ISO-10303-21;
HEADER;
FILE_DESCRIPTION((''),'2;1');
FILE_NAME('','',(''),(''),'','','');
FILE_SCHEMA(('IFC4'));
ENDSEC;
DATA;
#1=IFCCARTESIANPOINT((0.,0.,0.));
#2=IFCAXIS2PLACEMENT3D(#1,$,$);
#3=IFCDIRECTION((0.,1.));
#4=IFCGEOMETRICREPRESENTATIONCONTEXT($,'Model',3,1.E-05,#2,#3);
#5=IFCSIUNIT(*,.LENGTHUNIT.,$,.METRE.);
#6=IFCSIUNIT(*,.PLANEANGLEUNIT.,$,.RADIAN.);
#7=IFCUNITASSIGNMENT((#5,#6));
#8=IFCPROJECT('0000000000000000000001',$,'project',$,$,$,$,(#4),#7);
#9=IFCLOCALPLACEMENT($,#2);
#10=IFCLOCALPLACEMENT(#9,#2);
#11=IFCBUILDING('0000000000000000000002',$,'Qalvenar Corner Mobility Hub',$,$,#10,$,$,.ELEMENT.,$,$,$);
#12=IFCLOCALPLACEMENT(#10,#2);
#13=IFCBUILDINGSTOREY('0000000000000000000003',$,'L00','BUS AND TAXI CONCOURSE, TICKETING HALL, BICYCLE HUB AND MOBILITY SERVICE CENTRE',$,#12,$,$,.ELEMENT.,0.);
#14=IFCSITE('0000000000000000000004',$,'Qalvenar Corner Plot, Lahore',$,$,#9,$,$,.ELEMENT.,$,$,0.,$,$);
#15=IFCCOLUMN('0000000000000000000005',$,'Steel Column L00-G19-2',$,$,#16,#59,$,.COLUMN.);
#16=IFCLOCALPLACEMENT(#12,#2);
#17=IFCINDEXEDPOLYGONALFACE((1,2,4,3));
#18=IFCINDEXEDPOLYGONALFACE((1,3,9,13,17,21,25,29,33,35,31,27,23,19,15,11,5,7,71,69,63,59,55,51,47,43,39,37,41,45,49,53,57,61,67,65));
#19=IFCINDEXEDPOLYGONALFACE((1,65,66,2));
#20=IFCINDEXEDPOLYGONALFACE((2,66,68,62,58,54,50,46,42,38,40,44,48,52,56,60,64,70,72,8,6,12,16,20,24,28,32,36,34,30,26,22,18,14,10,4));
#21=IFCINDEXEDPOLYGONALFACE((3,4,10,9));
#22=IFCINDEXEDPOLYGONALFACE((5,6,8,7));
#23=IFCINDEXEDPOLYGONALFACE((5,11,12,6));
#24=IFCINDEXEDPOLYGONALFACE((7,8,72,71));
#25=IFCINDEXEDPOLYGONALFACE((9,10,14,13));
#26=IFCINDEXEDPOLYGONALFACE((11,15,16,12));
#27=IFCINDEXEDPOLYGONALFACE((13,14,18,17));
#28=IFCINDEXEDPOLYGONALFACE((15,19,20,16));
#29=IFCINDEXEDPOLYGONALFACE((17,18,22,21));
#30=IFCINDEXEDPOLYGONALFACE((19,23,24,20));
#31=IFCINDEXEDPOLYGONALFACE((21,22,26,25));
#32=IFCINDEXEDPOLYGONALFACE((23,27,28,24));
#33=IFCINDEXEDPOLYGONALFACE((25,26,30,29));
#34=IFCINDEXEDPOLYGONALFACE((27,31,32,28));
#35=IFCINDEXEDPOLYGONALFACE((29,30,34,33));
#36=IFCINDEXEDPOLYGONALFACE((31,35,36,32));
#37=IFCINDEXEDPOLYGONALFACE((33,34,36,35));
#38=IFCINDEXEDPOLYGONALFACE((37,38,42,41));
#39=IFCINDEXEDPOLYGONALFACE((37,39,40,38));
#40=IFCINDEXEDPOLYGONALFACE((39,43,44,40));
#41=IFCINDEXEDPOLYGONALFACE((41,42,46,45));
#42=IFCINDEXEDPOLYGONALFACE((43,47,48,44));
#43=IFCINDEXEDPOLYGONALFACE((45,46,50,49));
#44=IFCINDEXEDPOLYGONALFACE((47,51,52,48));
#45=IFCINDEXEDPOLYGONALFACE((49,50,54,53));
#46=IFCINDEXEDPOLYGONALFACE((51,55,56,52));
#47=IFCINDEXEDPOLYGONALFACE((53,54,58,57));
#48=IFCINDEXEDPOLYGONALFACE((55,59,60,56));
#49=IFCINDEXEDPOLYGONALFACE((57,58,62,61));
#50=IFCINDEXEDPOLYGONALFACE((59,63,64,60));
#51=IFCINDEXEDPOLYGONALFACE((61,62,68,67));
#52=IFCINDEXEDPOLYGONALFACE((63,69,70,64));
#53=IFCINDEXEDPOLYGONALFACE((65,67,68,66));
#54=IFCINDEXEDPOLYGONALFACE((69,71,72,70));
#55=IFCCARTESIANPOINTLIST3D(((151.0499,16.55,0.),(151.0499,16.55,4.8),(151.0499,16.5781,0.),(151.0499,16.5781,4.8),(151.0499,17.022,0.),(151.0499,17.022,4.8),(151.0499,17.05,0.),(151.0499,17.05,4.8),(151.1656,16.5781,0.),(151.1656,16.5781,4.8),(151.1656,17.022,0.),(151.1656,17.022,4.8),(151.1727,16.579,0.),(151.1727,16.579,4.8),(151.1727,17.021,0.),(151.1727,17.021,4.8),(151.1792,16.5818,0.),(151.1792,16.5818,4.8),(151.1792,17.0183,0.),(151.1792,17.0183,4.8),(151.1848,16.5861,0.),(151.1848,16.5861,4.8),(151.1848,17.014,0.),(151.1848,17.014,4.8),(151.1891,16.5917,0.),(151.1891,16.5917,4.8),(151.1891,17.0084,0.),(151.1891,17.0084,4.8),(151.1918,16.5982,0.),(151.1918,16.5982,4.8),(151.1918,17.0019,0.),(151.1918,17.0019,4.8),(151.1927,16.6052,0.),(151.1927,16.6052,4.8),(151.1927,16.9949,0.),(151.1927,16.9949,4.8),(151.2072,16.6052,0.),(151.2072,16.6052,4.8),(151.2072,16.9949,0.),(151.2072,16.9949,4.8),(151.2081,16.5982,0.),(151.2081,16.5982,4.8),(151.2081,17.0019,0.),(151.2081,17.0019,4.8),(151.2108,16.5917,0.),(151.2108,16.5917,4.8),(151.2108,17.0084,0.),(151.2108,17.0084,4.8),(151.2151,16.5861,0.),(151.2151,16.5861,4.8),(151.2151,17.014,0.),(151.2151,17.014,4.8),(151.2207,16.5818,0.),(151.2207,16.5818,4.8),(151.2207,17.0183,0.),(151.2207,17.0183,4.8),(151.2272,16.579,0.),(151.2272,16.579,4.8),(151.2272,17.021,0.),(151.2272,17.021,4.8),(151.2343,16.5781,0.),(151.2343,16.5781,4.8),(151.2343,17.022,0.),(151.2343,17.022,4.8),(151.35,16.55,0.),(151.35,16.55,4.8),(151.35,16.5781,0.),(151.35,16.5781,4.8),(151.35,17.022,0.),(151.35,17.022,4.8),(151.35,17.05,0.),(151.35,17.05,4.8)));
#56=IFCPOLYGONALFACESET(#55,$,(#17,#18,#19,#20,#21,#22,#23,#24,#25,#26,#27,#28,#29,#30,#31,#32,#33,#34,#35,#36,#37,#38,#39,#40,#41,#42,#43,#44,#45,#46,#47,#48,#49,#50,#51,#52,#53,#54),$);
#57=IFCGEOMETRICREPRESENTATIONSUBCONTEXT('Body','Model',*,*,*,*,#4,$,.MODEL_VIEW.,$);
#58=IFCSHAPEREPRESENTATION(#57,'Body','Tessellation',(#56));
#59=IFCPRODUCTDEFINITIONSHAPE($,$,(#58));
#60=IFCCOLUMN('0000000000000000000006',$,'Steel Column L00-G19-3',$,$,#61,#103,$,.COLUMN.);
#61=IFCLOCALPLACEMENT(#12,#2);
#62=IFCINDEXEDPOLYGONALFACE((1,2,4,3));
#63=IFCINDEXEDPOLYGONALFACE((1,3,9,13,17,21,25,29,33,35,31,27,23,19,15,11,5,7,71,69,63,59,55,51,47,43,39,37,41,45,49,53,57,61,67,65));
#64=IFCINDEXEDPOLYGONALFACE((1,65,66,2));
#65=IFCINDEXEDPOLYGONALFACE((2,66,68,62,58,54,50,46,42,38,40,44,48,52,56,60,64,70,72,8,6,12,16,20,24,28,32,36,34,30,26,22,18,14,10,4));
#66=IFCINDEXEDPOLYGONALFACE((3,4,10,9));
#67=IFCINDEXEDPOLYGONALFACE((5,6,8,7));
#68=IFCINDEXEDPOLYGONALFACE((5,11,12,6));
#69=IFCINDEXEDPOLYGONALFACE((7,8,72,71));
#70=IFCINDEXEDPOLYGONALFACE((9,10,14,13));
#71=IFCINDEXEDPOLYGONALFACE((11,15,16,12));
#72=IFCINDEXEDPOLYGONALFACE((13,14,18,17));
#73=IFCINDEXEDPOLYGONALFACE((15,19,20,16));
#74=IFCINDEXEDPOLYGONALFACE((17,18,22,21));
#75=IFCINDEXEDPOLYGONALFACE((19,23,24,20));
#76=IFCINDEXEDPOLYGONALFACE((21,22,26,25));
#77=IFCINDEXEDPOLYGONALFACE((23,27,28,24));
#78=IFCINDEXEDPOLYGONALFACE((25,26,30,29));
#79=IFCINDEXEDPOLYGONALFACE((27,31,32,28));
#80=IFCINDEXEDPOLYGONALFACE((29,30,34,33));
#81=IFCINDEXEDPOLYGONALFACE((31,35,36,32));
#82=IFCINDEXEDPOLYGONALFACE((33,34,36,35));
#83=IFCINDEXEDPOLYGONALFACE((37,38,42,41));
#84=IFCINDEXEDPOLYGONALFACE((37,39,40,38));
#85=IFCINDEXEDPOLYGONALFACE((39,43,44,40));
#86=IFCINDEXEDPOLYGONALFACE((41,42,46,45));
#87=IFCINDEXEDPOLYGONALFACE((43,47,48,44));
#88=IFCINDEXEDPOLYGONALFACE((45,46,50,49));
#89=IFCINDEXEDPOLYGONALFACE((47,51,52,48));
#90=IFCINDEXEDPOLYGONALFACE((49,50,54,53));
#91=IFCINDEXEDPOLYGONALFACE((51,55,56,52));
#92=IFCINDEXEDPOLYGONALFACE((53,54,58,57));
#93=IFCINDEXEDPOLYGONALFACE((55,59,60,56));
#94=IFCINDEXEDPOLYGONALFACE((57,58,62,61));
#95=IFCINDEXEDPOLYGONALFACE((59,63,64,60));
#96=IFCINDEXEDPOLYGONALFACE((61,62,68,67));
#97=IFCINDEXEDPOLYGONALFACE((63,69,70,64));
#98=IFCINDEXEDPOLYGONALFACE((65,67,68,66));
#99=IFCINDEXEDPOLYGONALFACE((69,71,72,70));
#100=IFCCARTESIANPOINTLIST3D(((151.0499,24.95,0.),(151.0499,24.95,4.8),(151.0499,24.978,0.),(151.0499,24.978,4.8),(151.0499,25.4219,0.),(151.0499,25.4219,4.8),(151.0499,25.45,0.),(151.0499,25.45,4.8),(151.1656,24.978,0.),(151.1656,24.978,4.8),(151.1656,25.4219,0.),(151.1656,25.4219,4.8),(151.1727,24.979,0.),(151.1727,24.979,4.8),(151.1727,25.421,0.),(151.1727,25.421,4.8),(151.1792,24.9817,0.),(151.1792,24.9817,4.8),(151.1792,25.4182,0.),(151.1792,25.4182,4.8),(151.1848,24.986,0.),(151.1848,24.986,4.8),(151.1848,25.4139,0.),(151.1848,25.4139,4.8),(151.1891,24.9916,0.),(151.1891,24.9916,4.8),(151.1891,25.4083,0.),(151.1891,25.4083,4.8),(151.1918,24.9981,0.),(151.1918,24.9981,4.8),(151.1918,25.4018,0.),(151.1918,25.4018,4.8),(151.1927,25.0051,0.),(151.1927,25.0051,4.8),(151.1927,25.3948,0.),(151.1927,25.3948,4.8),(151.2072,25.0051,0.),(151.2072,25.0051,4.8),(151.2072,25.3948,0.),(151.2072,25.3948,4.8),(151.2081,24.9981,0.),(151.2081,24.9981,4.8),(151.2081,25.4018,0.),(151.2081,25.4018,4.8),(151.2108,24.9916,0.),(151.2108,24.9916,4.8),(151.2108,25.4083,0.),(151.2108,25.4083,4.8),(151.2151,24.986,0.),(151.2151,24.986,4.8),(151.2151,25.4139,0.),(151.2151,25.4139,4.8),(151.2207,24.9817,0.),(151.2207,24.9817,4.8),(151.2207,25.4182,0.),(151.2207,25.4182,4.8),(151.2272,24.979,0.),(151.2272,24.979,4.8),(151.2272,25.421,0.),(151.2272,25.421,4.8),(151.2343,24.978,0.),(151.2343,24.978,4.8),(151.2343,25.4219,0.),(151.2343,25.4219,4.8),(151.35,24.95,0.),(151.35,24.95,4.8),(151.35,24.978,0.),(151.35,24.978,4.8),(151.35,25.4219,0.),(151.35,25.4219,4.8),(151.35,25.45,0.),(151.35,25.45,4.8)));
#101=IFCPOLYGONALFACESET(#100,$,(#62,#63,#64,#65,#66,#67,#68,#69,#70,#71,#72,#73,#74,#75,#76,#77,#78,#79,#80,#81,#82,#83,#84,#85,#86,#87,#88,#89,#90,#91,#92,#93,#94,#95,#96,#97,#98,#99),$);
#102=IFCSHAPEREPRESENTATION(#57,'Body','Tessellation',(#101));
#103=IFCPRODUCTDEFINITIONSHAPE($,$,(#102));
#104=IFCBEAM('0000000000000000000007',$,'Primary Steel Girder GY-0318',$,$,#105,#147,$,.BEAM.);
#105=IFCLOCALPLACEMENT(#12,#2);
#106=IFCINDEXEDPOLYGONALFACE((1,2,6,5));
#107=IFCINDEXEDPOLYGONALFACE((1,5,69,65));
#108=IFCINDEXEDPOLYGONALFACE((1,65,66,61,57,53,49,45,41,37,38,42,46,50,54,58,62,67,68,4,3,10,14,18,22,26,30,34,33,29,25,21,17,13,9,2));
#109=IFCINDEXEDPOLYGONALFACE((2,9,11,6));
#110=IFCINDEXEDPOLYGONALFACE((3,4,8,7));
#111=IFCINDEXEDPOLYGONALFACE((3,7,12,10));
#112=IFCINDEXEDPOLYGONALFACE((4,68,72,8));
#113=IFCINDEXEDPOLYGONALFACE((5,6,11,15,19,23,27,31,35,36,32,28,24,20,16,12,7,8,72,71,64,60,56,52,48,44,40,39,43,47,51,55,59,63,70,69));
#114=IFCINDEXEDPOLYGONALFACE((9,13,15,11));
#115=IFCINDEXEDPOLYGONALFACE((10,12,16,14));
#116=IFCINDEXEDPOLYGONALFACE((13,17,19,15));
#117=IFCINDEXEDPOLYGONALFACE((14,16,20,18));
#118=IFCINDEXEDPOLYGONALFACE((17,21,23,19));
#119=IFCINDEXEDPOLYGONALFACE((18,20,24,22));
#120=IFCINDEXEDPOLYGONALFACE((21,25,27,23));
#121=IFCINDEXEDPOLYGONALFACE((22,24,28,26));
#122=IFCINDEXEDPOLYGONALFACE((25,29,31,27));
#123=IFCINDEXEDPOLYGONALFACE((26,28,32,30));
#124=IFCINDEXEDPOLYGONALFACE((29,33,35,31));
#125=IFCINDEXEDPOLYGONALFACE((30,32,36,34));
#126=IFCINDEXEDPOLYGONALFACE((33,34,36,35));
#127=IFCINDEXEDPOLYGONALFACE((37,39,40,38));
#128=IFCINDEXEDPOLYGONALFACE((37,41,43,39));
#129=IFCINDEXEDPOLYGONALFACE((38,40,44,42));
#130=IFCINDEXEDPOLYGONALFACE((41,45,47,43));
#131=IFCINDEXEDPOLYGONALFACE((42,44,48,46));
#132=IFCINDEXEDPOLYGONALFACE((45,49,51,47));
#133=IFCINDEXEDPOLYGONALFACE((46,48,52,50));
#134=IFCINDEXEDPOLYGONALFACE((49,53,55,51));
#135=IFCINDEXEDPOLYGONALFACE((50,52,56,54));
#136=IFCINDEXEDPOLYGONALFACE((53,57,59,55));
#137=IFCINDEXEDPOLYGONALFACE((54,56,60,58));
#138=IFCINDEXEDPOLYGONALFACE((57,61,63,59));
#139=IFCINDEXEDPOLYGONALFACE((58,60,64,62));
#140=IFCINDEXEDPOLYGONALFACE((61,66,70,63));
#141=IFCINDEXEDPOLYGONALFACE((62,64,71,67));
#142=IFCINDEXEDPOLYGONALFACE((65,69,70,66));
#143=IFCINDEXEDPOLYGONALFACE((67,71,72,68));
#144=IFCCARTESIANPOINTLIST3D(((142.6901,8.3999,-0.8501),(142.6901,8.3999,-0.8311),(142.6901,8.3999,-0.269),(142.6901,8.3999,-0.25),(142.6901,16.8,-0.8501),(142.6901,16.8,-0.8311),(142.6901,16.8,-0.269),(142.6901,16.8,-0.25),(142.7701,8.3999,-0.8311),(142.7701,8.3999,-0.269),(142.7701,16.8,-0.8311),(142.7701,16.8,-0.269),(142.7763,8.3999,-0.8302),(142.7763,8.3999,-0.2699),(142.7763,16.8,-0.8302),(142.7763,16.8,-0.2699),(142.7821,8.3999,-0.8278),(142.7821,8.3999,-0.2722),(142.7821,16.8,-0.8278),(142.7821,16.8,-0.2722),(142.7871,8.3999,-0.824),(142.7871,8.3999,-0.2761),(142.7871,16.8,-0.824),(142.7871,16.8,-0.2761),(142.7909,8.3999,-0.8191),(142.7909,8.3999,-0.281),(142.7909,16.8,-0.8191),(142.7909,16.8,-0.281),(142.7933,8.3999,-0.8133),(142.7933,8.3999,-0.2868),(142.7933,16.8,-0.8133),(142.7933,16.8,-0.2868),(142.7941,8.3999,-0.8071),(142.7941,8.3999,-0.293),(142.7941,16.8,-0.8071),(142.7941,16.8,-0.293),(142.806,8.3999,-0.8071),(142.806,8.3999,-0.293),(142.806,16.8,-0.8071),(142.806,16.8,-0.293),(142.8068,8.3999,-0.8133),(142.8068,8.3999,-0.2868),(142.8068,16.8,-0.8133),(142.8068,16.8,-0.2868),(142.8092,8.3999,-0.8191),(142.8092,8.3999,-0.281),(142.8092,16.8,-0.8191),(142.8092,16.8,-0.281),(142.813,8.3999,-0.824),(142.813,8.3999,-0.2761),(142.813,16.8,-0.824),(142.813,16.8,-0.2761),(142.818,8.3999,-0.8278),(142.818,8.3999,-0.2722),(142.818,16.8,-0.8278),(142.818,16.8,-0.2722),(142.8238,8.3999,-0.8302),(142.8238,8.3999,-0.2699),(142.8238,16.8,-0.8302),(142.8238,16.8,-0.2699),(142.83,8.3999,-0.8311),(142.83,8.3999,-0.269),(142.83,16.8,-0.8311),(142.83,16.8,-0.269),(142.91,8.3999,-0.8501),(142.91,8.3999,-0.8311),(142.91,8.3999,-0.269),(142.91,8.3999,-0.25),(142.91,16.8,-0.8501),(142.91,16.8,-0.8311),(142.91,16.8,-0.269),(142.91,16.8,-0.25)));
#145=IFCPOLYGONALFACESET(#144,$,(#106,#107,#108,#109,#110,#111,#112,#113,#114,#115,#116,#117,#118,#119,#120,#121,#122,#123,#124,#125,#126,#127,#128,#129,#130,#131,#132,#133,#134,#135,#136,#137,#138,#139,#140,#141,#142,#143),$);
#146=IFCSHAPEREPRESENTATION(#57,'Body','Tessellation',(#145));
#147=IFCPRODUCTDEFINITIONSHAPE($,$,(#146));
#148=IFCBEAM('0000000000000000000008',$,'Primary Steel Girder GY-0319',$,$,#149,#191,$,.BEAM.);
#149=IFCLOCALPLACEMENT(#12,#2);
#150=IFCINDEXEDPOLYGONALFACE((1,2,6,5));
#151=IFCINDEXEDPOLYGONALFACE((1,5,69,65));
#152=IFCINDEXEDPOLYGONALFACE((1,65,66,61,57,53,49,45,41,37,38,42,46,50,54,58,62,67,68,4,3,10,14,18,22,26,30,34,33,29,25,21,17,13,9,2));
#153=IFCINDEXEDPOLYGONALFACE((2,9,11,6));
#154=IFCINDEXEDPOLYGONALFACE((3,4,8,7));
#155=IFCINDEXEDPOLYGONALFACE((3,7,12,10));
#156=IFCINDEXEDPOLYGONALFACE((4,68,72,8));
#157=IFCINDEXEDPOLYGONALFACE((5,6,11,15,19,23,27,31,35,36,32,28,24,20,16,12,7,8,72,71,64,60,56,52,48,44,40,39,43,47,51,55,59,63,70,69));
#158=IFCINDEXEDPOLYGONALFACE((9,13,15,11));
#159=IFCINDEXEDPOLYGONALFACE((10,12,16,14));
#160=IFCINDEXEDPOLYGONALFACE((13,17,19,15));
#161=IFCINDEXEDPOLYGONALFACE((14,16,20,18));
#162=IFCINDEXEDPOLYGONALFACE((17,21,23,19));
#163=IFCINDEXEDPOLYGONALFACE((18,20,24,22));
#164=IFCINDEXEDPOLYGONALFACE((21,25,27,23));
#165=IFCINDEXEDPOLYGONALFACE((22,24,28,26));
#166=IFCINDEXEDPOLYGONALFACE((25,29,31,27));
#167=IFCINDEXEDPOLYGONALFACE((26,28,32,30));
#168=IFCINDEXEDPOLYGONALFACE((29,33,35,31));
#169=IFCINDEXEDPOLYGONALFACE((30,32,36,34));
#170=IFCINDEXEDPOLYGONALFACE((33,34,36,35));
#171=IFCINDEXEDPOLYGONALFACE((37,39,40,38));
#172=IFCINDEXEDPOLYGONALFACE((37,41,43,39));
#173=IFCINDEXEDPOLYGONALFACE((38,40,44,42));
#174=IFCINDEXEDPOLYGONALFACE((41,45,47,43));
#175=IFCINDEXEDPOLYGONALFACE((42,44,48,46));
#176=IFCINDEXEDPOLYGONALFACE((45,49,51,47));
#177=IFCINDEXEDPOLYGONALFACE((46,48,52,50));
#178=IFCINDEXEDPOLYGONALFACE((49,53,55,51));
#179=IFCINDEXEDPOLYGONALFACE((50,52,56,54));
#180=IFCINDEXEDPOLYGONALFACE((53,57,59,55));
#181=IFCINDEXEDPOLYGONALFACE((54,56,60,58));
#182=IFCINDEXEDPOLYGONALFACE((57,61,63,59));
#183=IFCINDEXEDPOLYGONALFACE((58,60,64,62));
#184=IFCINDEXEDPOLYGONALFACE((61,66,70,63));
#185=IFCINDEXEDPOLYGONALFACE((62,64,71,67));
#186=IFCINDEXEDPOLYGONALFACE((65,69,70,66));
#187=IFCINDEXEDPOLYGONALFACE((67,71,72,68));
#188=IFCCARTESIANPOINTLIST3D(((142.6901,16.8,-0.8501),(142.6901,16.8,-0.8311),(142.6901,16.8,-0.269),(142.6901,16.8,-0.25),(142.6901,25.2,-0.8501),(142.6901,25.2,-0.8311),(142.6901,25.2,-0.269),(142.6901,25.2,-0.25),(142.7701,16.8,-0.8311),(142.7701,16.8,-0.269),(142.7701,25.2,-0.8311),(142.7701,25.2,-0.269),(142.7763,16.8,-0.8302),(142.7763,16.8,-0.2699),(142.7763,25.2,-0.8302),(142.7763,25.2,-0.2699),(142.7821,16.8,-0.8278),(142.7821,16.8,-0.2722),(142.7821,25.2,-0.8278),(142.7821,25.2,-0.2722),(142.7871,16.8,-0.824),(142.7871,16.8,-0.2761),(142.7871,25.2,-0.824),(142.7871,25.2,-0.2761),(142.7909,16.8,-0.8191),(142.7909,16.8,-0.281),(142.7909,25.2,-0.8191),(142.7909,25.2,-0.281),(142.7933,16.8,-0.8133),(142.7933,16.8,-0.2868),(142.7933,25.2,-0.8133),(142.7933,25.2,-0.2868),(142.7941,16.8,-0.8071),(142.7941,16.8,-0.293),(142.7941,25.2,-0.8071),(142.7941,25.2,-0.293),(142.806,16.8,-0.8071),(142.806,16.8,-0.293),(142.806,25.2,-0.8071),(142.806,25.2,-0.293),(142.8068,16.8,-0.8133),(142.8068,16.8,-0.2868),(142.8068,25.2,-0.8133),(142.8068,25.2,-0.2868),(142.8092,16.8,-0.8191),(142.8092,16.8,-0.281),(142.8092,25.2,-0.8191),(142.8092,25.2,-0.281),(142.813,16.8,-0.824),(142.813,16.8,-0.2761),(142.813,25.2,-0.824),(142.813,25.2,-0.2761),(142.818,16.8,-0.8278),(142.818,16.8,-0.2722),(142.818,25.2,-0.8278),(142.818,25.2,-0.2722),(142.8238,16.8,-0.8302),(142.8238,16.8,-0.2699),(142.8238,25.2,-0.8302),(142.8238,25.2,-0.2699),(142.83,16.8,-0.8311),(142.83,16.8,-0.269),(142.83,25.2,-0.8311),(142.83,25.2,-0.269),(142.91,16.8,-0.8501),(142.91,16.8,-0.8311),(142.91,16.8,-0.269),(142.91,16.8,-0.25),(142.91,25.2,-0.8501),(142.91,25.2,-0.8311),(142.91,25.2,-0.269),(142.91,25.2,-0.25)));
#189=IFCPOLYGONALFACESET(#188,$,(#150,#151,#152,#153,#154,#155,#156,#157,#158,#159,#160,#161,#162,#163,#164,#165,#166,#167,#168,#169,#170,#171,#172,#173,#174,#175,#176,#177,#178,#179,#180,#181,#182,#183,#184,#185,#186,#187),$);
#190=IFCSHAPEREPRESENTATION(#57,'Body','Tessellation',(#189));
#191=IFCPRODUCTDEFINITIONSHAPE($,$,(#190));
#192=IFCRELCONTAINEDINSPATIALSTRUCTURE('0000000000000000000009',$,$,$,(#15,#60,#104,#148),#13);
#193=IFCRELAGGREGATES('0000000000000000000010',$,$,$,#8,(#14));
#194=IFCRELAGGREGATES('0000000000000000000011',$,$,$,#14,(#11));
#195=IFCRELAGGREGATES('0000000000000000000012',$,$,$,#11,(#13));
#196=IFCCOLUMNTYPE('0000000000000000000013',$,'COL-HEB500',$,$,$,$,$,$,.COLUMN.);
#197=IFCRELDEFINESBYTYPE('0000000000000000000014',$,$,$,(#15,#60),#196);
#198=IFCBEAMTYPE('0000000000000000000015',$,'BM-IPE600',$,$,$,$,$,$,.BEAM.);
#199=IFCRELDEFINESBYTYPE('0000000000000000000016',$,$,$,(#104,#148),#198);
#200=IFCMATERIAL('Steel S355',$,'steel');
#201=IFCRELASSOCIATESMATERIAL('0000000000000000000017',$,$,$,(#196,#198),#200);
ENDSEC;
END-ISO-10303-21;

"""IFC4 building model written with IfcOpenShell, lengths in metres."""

from ifc_helpers import new_model, si_unit, direction, frame, origin, origin_2d, place, context, subcontext, project, spatial, i_section, extrude, material, material_profile, profile_set, type_object, element, save


model = new_model("IFC4")

# Units and contexts
model_context = context("Model", 3, precision=1e-05, world=origin(), true_north=direction((0.0, 1.0)))
body_context = subcontext(model_context, "Body", "Model", "MODEL_VIEW")
ifc_project = project(units=[si_unit("LENGTHUNIT", "METRE"), si_unit("PLANEANGLEUNIT", "RADIAN")], contexts=[model_context])

# Site, building, storey
site_placement = place(None, origin())
site = spatial("IfcSite", under=ifc_project, at=site_placement, Name="Qalvenar Corner Plot, Lahore", CompositionType="ELEMENT", RefElevation=0.0)
building_placement = place(site_placement, origin())
building = spatial("IfcBuilding", under=site, at=building_placement, Name="Qalvenar Corner Mobility Hub", CompositionType="ELEMENT")
storey_placement = place(building_placement, origin())
storey = spatial("IfcBuildingStorey", under=building, at=storey_placement, Name="L00", Description="BUS AND TAXI CONCOURSE, TICKETING HALL, BICYCLE HUB AND MOBILITY SERVICE CENTRE", CompositionType="ELEMENT", Elevation=0.0)

# Columns
ifc_material = material(Name="Steel S355", Category="steel")
ifc_material_profile_1 = material_profile(ifc_material, i_section(OverallWidth=0.3, OverallDepth=0.5, WebThickness=0.0144, FlangeThickness=0.0281, FilletRadius=0.0271, at=origin_2d()), Name="HEB500")
ifc_profile_set_1 = profile_set([ifc_material_profile_1], Name="Steel S355")
column_type_1 = type_object("IfcColumnType", Name="COL-HEB500", PredefinedType="COLUMN", material=ifc_profile_set_1)
for number, where, z_axis, x_axis, name in (
    (1, (151.2, 16.8, 0.0), (0.0, 0.0, 1.0), (1.0, 0.0, 0.0), "Steel Column L00-G19-2"),
    (2, (151.2, 25.2, 0.0), (0.0, 0.0, 1.0), (1.0, 0.0, 0.0), "Steel Column L00-G19-3"),
):
    element("IfcColumn", number, at=place(storey_placement, frame(where, z_axis=z_axis, x_axis=x_axis)), inside=storey, type_object=column_type_1, Name=name, PredefinedType="COLUMN", context=body_context, shape_type="SweptSolid", body=[
        extrude(i_section(OverallWidth=0.3, OverallDepth=0.5, WebThickness=0.0144, FlangeThickness=0.0281, FilletRadius=0.0271, at=origin_2d()), origin(), (0.0, 0.0, 1.0), 4.8),
    ])

# Beams
ifc_material_profile_2 = material_profile(ifc_material, i_section(OverallWidth=0.22, OverallDepth=0.6001, WebThickness=0.012, FlangeThickness=0.019, FilletRadius=0.0239, at=origin_2d()), Name="IPE600")
ifc_profile_set_2 = profile_set([ifc_material_profile_2], Name="Steel S355")
beam_type_1 = type_object("IfcBeamType", Name="BM-IPE600", PredefinedType="BEAM", material=ifc_profile_set_2)
beam_1_placement = place(storey_placement, frame((142.8, 8.3999, -0.55), z_axis=(0.0, 1.0, 0.0), x_axis=(-1.0, 0.0, 0.0)))
element("IfcBeam", 3, at=beam_1_placement, inside=storey, type_object=beam_type_1, Name="Primary Steel Girder GY-0318", PredefinedType="BEAM", context=body_context, shape_type="SweptSolid", body=[
    extrude(i_section(OverallWidth=0.22, OverallDepth=0.6001, WebThickness=0.012, FlangeThickness=0.019, FilletRadius=0.0239, at=origin_2d()), origin(), (0.0, 0.0, 1.0), 8.4001),
])
beam_2_placement = place(storey_placement, frame((142.8, 16.8, -0.55), z_axis=(0.0, 1.0, 0.0), x_axis=(-1.0, 0.0, 0.0)))
element("IfcBeam", 4, at=beam_2_placement, inside=storey, type_object=beam_type_1, Name="Primary Steel Girder GY-0319", PredefinedType="BEAM", context=body_context, shape_type="SweptSolid", body=[
    extrude(i_section(OverallWidth=0.22, OverallDepth=0.6001, WebThickness=0.012, FlangeThickness=0.019, FilletRadius=0.0239, at=origin_2d()), origin(), (0.0, 0.0, 1.0), 8.3999),
])

save(model, "model.ifc")
